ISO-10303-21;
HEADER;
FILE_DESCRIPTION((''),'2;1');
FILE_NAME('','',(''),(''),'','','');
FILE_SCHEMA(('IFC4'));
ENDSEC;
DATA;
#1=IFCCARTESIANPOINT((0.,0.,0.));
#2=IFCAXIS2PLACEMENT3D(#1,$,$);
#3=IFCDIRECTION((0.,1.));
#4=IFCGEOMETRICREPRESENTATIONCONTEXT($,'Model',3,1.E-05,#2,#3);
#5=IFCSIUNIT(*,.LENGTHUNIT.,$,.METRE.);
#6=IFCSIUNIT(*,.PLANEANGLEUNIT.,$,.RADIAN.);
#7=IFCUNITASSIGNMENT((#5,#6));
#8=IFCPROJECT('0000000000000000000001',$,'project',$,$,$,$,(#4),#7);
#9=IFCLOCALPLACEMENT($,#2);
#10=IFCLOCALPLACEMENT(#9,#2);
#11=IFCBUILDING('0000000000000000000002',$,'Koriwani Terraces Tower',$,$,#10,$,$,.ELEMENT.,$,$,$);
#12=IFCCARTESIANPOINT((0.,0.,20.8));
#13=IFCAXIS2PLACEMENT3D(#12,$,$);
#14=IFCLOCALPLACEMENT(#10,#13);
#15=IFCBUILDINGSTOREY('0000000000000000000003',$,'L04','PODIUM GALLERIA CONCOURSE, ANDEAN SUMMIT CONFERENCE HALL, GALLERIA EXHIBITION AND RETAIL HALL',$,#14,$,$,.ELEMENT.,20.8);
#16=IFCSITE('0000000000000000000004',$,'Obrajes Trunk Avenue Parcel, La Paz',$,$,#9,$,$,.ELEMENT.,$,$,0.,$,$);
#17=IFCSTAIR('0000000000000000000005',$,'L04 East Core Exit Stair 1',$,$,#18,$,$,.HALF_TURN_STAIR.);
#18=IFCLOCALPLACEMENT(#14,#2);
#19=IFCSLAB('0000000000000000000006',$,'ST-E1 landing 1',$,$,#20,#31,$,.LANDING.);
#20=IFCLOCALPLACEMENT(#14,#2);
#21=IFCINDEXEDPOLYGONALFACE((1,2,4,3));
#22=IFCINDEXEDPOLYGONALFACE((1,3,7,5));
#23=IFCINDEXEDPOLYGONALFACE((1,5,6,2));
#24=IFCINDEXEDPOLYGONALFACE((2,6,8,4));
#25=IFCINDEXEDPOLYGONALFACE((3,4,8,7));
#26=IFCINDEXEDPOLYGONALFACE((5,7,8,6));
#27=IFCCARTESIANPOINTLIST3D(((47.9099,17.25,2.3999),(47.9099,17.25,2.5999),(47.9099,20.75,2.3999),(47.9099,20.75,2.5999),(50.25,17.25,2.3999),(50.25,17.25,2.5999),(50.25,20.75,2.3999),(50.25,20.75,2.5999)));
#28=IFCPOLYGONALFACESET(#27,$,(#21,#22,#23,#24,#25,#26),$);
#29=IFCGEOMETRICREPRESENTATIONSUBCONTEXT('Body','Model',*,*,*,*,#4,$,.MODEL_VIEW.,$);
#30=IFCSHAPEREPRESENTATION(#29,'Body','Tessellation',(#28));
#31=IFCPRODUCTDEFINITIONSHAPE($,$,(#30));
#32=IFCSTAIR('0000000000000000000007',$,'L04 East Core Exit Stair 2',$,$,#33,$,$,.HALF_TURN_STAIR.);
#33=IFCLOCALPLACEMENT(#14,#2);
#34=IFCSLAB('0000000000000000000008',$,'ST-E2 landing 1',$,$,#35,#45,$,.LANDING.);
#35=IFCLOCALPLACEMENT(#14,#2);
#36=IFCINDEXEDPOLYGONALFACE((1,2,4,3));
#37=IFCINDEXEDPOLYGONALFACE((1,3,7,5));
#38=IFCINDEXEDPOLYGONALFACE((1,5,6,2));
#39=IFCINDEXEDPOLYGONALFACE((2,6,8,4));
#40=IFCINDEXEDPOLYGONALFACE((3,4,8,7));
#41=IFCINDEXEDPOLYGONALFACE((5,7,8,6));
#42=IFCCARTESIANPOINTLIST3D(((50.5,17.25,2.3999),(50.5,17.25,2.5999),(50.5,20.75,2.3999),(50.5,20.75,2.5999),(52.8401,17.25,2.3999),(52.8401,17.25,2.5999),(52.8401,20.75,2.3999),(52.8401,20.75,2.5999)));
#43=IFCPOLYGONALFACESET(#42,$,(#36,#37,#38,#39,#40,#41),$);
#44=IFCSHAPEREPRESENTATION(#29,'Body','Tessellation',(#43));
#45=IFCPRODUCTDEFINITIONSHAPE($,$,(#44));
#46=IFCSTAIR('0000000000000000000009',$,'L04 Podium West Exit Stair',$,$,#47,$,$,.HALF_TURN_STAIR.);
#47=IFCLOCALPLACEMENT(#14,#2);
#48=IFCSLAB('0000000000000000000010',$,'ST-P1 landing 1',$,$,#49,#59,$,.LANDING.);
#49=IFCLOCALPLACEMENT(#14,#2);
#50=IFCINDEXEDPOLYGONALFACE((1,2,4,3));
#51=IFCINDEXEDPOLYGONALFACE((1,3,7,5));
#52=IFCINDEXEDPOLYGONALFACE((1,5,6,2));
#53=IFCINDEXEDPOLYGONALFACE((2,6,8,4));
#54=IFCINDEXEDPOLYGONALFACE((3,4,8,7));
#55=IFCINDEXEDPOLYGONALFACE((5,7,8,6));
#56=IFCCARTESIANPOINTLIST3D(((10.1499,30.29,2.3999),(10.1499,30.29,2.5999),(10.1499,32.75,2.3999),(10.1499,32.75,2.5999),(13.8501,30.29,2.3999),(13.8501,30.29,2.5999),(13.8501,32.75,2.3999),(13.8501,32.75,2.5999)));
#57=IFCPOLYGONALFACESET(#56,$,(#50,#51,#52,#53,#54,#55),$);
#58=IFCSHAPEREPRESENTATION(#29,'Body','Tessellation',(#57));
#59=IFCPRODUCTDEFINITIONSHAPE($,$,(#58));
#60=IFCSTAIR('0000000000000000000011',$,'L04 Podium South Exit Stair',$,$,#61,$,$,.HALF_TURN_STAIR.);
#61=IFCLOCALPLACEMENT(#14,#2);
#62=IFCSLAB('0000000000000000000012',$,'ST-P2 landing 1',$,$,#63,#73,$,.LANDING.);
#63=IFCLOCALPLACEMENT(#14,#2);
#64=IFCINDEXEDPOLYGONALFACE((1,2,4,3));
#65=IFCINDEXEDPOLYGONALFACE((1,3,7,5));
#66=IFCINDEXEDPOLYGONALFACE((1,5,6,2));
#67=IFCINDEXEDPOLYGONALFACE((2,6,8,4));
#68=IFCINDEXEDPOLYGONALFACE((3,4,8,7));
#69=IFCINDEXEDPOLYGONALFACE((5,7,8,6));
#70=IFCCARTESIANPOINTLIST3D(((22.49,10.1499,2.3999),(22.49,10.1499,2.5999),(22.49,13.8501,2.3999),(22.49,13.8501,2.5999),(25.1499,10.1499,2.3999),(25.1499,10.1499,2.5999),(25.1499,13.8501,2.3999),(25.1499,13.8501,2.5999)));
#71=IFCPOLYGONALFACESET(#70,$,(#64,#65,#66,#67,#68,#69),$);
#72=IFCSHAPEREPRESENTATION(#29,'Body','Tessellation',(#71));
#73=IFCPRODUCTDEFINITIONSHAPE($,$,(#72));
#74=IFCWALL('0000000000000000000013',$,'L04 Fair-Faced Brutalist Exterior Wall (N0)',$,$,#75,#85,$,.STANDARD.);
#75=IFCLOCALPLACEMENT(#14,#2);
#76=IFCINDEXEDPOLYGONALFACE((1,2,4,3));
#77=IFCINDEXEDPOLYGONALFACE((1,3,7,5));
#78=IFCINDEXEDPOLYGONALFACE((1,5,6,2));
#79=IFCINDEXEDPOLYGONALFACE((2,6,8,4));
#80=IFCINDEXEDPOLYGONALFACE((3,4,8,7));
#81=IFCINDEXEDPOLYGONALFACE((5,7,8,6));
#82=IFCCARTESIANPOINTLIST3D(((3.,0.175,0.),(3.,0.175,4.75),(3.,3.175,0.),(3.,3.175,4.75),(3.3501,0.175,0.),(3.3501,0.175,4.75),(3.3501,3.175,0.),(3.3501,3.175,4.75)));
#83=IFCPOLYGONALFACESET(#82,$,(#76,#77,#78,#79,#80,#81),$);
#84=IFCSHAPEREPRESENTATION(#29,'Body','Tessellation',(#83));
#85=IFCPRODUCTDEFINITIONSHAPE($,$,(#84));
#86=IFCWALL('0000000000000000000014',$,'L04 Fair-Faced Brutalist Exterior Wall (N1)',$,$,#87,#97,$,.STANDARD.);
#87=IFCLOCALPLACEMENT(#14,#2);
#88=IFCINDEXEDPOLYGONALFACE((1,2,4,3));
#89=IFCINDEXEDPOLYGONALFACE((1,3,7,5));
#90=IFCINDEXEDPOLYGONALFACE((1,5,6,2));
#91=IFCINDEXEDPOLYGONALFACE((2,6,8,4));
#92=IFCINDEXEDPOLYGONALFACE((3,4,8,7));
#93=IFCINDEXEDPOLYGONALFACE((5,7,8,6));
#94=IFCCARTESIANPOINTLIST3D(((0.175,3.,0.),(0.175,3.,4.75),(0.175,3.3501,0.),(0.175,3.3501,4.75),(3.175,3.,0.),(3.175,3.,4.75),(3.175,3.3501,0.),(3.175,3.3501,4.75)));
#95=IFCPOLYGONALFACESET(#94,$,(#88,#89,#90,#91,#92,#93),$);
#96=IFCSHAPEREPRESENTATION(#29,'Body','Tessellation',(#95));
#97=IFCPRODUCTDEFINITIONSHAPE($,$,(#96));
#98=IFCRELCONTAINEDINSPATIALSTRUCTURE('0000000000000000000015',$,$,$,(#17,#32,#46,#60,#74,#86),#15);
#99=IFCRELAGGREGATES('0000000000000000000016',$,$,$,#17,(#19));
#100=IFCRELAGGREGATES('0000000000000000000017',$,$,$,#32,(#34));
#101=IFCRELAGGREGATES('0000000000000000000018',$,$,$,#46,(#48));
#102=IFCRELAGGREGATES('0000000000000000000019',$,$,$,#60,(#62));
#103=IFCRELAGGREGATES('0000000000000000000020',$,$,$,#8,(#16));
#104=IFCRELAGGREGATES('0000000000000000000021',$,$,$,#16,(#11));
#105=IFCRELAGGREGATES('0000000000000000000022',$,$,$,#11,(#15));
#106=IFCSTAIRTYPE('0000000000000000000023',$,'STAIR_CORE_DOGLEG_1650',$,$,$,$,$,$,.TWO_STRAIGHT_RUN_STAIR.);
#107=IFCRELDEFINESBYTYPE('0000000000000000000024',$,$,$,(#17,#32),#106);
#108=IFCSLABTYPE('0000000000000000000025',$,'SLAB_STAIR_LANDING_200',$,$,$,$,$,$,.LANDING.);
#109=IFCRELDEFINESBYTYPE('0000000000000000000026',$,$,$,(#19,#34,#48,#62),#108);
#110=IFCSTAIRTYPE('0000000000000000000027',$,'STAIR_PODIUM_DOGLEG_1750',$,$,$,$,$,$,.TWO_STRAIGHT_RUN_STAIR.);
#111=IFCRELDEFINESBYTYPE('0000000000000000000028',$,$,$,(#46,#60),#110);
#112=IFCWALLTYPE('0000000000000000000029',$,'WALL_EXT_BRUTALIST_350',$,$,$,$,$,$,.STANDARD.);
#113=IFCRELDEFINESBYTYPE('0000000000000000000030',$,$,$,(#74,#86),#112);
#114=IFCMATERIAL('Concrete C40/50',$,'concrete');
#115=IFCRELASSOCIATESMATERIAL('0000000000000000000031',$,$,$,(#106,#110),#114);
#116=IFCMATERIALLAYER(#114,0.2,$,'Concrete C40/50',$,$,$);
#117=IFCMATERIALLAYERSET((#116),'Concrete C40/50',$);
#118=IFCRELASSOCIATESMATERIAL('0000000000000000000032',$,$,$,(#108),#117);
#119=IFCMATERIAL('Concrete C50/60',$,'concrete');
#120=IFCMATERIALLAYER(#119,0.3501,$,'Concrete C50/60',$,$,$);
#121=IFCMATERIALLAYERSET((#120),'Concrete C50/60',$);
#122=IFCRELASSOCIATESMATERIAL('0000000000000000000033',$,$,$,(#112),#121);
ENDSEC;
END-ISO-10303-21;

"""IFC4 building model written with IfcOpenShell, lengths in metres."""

from ifc_helpers import new_model, si_unit, direction, frame, frame_2d, origin, place, context, subcontext, project, spatial, polyline, rectangle, outline, extrude, material, layer, layer_set, type_object, element, aggregate, save


model = new_model("IFC4")

# Units and contexts
model_context = context("Model", 3, precision=1e-05, world=origin(), true_north=direction((0.0, 1.0)))
body_context = subcontext(model_context, "Body", "Model", "MODEL_VIEW")
ifc_project = project(units=[si_unit("LENGTHUNIT", "METRE"), si_unit("PLANEANGLEUNIT", "RADIAN")], contexts=[model_context])

# Site, building, storey
site_placement = place(None, origin())
site = spatial("IfcSite", under=ifc_project, at=site_placement, Name="Obrajes Trunk Avenue Parcel, La Paz", CompositionType="ELEMENT", RefElevation=0.0)
building_placement = place(site_placement, origin())
building = spatial("IfcBuilding", under=site, at=building_placement, Name="Koriwani Terraces Tower", CompositionType="ELEMENT")
storey_placement = place(building_placement, frame((0.0, 0.0, 20.8)))
storey = spatial("IfcBuildingStorey", under=building, at=storey_placement, Name="L04", Description="PODIUM GALLERIA CONCOURSE, ANDEAN SUMMIT CONFERENCE HALL, GALLERIA EXHIBITION AND RETAIL HALL", CompositionType="ELEMENT", Elevation=20.8)

# Shared definitions
ifc_material_1 = material(Name="Concrete C50/60", Category="concrete")

# Stairs, slabs
ifc_material_2 = material(Name="Concrete C40/50", Category="concrete")
stair_type_1 = type_object("IfcStairType", Name="STAIR_CORE_DOGLEG_1650", PredefinedType="TWO_STRAIGHT_RUN_STAIR", material=ifc_material_2)
ifc_layer_1 = layer(ifc_material_2, 0.2, Name="Concrete C40/50")
ifc_layer_set_1 = layer_set([ifc_layer_1], Name="Concrete C40/50")
slab_type_1 = type_object("IfcSlabType", Name="SLAB_STAIR_LANDING_200", PredefinedType="LANDING", material=ifc_layer_set_1)
stair_1_placement = place(storey_placement, origin())
stair_1 = element("IfcStair", 1, at=stair_1_placement, inside=storey, type_object=stair_type_1, Name="L04 East Core Exit Stair 1", PredefinedType="HALF_TURN_STAIR")
slab_1_placement = place(storey_placement, frame((0.0, 0.0, 2.3999)))
slab_1 = element("IfcSlab", 2, at=slab_1_placement, type_object=slab_type_1, Name="ST-E1 landing 1", PredefinedType="LANDING", context=body_context, shape_type="SweptSolid", body=[
    extrude(outline(polyline([(47.9099, 17.25), (50.25, 17.25), (50.25, 20.75), (47.9099, 20.75), (47.9099, 17.25)])), origin(), (0.0, 0.0, 1.0), 0.2),
])
aggregate(stair_1, [slab_1])
stair_2_placement = place(storey_placement, origin())
stair_2 = element("IfcStair", 3, at=stair_2_placement, inside=storey, type_object=stair_type_1, Name="L04 East Core Exit Stair 2", PredefinedType="HALF_TURN_STAIR")
slab_2_placement = place(storey_placement, frame((0.0, 0.0, 2.3999)))
slab_2 = element("IfcSlab", 4, at=slab_2_placement, type_object=slab_type_1, Name="ST-E2 landing 1", PredefinedType="LANDING", context=body_context, shape_type="SweptSolid", body=[
    extrude(outline(polyline([(52.8401, 20.75), (50.5, 20.75), (50.5, 17.25), (52.8401, 17.25), (52.8401, 20.75)])), origin(), (0.0, 0.0, 1.0), 0.2),
])
aggregate(stair_2, [slab_2])
stair_type_2 = type_object("IfcStairType", Name="STAIR_PODIUM_DOGLEG_1750", PredefinedType="TWO_STRAIGHT_RUN_STAIR", material=ifc_material_2)
stair_3_placement = place(storey_placement, origin())
stair_3 = element("IfcStair", 5, at=stair_3_placement, inside=storey, type_object=stair_type_2, Name="L04 Podium West Exit Stair", PredefinedType="HALF_TURN_STAIR")
slab_3_placement = place(storey_placement, frame((0.0, 0.0, 2.3999)))
slab_3 = element("IfcSlab", 6, at=slab_3_placement, type_object=slab_type_1, Name="ST-P1 landing 1", PredefinedType="LANDING", context=body_context, shape_type="SweptSolid", body=[
    extrude(outline(polyline([(13.8501, 30.29), (13.8501, 32.75), (10.1499, 32.75), (10.1499, 30.29), (13.8501, 30.29)])), origin(), (0.0, 0.0, 1.0), 0.2),
])
aggregate(stair_3, [slab_3])
stair_4_placement = place(storey_placement, origin())
stair_4 = element("IfcStair", 7, at=stair_4_placement, inside=storey, type_object=stair_type_2, Name="L04 Podium South Exit Stair", PredefinedType="HALF_TURN_STAIR")
slab_4_placement = place(storey_placement, frame((0.0, 0.0, 2.3999)))
slab_4 = element("IfcSlab", 8, at=slab_4_placement, type_object=slab_type_1, Name="ST-P2 landing 1", PredefinedType="LANDING", context=body_context, shape_type="SweptSolid", body=[
    extrude(outline(polyline([(22.49, 10.1499), (25.1499, 10.1499), (25.1499, 13.8501), (22.49, 13.8501), (22.49, 10.1499)])), origin(), (0.0, 0.0, 1.0), 0.2),
])
aggregate(stair_4, [slab_4])

# Walls
ifc_layer_2 = layer(ifc_material_1, 0.3501, Name="Concrete C50/60")
ifc_layer_set_2 = layer_set([ifc_layer_2], Name="Concrete C50/60")
wall_type = type_object("IfcWallType", Name="WALL_EXT_BRUTALIST_350", PredefinedType="STANDARD", material=ifc_layer_set_2)
for number, where, z_axis, x_axis, name in (
    (9, (3.175, 0.175, 0.0), (0.0, 0.0, 1.0), (0.0, 1.0, 0.0), "L04 Fair-Faced Brutalist Exterior Wall (N0)"),
    (10, (3.175, 3.175, 0.0), (0.0, 0.0, 1.0), (-1.0, 0.0, 0.0), "L04 Fair-Faced Brutalist Exterior Wall (N1)"),
):
    element("IfcWall", number, at=place(storey_placement, frame(where, z_axis=z_axis, x_axis=x_axis)), inside=storey, type_object=wall_type, Name=name, PredefinedType="STANDARD", context=body_context, shape_type="SweptSolid", body=[
        extrude(rectangle(XDim=3.0, YDim=0.3501, at=frame_2d((1.5, 0.0))), origin(), (0.0, 0.0, 1.0), 4.75),
    ])

save(model, "model.ifc")
